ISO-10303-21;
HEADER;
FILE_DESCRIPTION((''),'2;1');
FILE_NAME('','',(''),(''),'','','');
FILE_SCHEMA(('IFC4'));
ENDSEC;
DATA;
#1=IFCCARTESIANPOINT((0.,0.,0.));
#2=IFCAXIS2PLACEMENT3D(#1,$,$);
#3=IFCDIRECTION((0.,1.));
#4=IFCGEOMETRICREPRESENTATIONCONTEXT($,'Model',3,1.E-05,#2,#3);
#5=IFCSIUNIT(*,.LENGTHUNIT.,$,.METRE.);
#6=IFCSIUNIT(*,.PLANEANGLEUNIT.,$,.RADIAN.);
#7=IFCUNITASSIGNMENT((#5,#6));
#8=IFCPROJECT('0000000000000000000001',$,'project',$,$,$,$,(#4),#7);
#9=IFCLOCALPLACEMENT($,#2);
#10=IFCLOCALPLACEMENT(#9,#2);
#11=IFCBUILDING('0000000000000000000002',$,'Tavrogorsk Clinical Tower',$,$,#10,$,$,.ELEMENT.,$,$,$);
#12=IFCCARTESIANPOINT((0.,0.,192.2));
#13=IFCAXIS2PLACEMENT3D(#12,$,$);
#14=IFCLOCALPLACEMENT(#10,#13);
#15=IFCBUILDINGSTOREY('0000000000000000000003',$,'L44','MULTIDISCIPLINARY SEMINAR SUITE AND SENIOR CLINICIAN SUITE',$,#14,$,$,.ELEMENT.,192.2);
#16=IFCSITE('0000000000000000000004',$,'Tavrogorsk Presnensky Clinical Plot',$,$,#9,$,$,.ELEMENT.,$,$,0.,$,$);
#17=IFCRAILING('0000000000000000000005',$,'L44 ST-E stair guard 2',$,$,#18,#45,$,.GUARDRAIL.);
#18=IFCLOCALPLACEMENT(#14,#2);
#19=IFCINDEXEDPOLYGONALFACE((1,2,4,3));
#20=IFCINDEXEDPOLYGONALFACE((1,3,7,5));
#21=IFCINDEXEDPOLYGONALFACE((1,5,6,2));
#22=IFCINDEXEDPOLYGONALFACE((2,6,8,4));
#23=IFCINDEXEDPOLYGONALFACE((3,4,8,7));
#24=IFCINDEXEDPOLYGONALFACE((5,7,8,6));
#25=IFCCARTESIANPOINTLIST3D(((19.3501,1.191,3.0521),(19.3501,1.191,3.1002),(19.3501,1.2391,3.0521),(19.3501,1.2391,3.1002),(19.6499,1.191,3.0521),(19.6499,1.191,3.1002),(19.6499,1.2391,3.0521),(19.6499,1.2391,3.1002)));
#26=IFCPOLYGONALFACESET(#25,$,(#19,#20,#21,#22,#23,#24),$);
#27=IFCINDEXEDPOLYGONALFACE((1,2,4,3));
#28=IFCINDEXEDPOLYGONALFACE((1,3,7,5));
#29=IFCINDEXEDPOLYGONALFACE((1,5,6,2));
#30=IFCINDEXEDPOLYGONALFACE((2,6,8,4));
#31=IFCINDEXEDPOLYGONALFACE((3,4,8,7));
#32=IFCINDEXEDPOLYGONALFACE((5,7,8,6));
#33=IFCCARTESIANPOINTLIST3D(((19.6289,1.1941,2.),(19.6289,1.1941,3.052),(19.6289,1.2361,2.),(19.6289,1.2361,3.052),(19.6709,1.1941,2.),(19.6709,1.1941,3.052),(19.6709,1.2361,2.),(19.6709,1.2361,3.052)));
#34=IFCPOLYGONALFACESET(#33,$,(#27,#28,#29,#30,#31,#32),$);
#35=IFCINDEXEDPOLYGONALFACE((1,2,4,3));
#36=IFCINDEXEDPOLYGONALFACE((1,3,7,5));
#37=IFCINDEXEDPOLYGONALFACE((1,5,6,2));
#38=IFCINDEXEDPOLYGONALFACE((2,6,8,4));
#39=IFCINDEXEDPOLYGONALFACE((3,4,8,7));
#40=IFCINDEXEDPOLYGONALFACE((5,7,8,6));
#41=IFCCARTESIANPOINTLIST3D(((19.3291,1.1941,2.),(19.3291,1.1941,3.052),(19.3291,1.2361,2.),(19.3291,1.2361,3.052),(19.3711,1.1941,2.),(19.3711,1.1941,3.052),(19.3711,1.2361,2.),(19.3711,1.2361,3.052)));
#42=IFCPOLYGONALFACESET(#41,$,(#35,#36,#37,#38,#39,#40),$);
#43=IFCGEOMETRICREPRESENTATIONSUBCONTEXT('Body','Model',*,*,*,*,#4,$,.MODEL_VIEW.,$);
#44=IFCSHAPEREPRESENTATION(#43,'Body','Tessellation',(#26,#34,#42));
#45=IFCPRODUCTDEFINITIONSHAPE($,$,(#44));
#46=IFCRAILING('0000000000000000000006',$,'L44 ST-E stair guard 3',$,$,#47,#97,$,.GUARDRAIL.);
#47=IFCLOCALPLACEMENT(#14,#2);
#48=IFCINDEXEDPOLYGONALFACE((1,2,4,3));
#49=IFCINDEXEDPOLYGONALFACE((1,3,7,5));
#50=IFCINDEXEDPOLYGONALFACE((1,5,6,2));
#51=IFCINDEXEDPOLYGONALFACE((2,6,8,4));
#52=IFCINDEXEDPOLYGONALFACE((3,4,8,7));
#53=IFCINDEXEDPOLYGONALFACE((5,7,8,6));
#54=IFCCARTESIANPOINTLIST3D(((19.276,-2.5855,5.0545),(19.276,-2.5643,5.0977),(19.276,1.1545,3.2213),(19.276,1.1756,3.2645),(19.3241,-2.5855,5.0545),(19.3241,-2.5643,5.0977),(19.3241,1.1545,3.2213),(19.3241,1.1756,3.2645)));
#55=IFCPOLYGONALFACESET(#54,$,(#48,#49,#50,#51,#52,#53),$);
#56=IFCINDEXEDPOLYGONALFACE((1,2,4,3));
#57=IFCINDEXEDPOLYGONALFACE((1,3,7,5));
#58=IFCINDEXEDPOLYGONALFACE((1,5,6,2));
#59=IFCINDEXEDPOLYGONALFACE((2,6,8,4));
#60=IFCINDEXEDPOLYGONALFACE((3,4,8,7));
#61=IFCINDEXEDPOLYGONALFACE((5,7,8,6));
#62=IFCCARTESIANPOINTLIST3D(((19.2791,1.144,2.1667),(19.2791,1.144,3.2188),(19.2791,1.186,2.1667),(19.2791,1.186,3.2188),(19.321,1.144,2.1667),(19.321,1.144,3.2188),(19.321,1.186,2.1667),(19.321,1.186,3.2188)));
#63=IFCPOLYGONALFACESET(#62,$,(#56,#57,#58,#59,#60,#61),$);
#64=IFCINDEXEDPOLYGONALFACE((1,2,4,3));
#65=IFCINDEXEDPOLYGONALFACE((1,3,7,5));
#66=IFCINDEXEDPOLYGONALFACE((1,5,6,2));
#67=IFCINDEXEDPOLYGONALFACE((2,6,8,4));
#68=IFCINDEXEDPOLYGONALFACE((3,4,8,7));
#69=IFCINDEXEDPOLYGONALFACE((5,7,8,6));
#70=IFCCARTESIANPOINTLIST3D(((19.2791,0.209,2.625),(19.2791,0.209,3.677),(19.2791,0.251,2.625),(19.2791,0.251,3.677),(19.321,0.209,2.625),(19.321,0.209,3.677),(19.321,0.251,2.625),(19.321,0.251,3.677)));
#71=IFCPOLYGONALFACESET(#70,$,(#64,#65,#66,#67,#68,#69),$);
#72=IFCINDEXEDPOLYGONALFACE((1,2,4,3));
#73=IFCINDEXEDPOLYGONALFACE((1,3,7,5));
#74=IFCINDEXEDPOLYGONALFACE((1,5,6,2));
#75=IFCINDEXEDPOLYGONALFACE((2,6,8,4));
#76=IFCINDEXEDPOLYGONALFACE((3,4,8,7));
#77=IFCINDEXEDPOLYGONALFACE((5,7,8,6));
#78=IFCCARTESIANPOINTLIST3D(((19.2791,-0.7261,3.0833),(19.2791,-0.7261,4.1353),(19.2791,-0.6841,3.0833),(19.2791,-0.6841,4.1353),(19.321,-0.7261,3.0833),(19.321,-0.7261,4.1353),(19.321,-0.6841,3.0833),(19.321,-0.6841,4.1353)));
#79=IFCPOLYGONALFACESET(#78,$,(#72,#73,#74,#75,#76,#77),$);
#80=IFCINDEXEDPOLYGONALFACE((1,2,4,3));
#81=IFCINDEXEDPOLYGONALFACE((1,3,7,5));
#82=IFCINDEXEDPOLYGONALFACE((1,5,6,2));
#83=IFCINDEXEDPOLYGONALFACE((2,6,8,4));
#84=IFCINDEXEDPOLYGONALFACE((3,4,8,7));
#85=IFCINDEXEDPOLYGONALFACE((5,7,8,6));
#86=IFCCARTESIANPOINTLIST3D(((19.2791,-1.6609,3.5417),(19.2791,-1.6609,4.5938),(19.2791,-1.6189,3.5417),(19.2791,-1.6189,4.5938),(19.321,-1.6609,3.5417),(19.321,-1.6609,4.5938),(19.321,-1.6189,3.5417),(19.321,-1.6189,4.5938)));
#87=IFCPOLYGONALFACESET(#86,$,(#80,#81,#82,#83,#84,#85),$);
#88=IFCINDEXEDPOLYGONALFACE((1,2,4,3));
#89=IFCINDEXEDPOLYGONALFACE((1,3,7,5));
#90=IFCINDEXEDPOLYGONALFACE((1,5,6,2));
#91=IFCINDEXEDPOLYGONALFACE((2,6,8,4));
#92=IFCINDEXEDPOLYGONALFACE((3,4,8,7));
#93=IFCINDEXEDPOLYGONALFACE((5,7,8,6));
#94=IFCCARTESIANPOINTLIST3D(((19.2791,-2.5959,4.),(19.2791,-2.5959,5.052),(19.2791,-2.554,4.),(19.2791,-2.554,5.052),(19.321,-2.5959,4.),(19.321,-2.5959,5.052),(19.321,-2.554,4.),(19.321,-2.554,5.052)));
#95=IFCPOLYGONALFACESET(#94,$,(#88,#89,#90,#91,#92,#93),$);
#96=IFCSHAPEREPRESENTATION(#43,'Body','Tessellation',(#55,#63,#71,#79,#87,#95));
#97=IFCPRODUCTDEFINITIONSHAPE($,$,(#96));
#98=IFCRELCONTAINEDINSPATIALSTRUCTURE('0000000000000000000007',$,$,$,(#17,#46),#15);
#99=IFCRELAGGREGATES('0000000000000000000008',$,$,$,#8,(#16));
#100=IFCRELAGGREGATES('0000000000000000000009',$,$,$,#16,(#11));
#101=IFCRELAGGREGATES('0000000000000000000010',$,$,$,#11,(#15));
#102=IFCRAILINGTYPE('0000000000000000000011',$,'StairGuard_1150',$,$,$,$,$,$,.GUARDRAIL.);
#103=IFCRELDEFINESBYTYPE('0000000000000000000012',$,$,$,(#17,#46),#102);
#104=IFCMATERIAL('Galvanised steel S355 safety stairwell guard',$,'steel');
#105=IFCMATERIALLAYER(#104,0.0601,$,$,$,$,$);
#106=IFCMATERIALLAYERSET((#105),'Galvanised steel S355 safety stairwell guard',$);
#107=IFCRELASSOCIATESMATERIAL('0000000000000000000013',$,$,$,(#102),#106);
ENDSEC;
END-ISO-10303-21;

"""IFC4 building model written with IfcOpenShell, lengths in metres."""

from ifc_helpers import new_model, si_unit, direction, frame, origin, origin_2d, place, context, subcontext, project, spatial, rectangle, extrude, material, layer, layer_set, type_object, element, save


model = new_model("IFC4")

# Units and contexts
model_context = context("Model", 3, precision=1e-05, world=origin(), true_north=direction((0.0, 1.0)))
body_context = subcontext(model_context, "Body", "Model", "MODEL_VIEW")
ifc_project = project(units=[si_unit("LENGTHUNIT", "METRE"), si_unit("PLANEANGLEUNIT", "RADIAN")], contexts=[model_context])

# Site, building, storey
site_placement = place(None, origin())
site = spatial("IfcSite", under=ifc_project, at=site_placement, Name="Tavrogorsk Presnensky Clinical Plot", CompositionType="ELEMENT", RefElevation=0.0)
building_placement = place(site_placement, origin())
building = spatial("IfcBuilding", under=site, at=building_placement, Name="Tavrogorsk Clinical Tower", CompositionType="ELEMENT")
storey_placement = place(building_placement, frame((0.0, 0.0, 192.2)))
storey = spatial("IfcBuildingStorey", under=building, at=storey_placement, Name="L44", Description="MULTIDISCIPLINARY SEMINAR SUITE AND SENIOR CLINICIAN SUITE", CompositionType="ELEMENT", Elevation=192.2)

# Railings
ifc_material_1 = material(Name="Galvanised steel S355 safety stairwell guard", Category="steel")
ifc_layer_1 = layer(ifc_material_1, 0.0601)
ifc_layer_set_1 = layer_set([ifc_layer_1], Name="Galvanised steel S355 safety stairwell guard")
railing_type = type_object("IfcRailingType", Name="StairGuard_1150", PredefinedType="GUARDRAIL", material=ifc_layer_set_1)
railing_1_placement = place(storey_placement, frame((19.6499, 1.2151, 2.0)))
element("IfcRailing", 1, at=railing_1_placement, inside=storey, type_object=railing_type, Name="L44 ST-E stair guard 2", PredefinedType="GUARDRAIL", context=body_context, shape_type="SweptSolid", body=[
    extrude(rectangle(XDim=0.0481, YDim=0.0481, at=origin_2d()), frame((0.0, 0.0, 1.0762), z_axis=(-1.0, 0.0, 0.0), x_axis=(0.0, -1.0, 0.0)), (0.0, 0.0, 1.0), 0.2998),
    extrude(rectangle(XDim=0.042, YDim=0.042, at=origin_2d()), origin(), (0.0, 0.0, 1.0), 1.052),
    extrude(rectangle(XDim=0.042, YDim=0.042, at=origin_2d()), frame((-0.2998, 0.0, 0.0)), (0.0, 0.0, 1.0), 1.052),
])
railing_2_placement = place(storey_placement, frame((19.3, 1.165, 2.1667)))
element("IfcRailing", 2, at=railing_2_placement, inside=storey, type_object=railing_type, Name="L44 ST-E stair guard 3", PredefinedType="GUARDRAIL", context=body_context, shape_type="SweptSolid", body=[
    extrude(rectangle(XDim=0.0481, YDim=0.0481, at=origin_2d()), frame((0.0, 0.0, 1.0762), z_axis=(0.0, -0.897928, 0.440142), x_axis=(1.0, 0.0, 0.0)), (0.0, 0.0, 1.0), 4.165),
    extrude(rectangle(XDim=0.042, YDim=0.042, at=origin_2d()), origin(), (0.0, 0.0, 1.0), 1.052),
    extrude(rectangle(XDim=0.042, YDim=0.042, at=origin_2d()), frame((0.0, -0.9351, 0.4583)), (0.0, 0.0, 1.0), 1.052),
    extrude(rectangle(XDim=0.042, YDim=0.042, at=origin_2d()), frame((0.0, -1.8701, 0.9165)), (0.0, 0.0, 1.0), 1.052),
    extrude(rectangle(XDim=0.042, YDim=0.042, at=origin_2d()), frame((0.0, -2.8049, 1.375)), (0.0, 0.0, 1.0), 1.052),
    extrude(rectangle(XDim=0.042, YDim=0.042, at=origin_2d()), frame((0.0, -3.74, 1.8333)), (0.0, 0.0, 1.0), 1.052),
])

save(model, "model.ifc")
